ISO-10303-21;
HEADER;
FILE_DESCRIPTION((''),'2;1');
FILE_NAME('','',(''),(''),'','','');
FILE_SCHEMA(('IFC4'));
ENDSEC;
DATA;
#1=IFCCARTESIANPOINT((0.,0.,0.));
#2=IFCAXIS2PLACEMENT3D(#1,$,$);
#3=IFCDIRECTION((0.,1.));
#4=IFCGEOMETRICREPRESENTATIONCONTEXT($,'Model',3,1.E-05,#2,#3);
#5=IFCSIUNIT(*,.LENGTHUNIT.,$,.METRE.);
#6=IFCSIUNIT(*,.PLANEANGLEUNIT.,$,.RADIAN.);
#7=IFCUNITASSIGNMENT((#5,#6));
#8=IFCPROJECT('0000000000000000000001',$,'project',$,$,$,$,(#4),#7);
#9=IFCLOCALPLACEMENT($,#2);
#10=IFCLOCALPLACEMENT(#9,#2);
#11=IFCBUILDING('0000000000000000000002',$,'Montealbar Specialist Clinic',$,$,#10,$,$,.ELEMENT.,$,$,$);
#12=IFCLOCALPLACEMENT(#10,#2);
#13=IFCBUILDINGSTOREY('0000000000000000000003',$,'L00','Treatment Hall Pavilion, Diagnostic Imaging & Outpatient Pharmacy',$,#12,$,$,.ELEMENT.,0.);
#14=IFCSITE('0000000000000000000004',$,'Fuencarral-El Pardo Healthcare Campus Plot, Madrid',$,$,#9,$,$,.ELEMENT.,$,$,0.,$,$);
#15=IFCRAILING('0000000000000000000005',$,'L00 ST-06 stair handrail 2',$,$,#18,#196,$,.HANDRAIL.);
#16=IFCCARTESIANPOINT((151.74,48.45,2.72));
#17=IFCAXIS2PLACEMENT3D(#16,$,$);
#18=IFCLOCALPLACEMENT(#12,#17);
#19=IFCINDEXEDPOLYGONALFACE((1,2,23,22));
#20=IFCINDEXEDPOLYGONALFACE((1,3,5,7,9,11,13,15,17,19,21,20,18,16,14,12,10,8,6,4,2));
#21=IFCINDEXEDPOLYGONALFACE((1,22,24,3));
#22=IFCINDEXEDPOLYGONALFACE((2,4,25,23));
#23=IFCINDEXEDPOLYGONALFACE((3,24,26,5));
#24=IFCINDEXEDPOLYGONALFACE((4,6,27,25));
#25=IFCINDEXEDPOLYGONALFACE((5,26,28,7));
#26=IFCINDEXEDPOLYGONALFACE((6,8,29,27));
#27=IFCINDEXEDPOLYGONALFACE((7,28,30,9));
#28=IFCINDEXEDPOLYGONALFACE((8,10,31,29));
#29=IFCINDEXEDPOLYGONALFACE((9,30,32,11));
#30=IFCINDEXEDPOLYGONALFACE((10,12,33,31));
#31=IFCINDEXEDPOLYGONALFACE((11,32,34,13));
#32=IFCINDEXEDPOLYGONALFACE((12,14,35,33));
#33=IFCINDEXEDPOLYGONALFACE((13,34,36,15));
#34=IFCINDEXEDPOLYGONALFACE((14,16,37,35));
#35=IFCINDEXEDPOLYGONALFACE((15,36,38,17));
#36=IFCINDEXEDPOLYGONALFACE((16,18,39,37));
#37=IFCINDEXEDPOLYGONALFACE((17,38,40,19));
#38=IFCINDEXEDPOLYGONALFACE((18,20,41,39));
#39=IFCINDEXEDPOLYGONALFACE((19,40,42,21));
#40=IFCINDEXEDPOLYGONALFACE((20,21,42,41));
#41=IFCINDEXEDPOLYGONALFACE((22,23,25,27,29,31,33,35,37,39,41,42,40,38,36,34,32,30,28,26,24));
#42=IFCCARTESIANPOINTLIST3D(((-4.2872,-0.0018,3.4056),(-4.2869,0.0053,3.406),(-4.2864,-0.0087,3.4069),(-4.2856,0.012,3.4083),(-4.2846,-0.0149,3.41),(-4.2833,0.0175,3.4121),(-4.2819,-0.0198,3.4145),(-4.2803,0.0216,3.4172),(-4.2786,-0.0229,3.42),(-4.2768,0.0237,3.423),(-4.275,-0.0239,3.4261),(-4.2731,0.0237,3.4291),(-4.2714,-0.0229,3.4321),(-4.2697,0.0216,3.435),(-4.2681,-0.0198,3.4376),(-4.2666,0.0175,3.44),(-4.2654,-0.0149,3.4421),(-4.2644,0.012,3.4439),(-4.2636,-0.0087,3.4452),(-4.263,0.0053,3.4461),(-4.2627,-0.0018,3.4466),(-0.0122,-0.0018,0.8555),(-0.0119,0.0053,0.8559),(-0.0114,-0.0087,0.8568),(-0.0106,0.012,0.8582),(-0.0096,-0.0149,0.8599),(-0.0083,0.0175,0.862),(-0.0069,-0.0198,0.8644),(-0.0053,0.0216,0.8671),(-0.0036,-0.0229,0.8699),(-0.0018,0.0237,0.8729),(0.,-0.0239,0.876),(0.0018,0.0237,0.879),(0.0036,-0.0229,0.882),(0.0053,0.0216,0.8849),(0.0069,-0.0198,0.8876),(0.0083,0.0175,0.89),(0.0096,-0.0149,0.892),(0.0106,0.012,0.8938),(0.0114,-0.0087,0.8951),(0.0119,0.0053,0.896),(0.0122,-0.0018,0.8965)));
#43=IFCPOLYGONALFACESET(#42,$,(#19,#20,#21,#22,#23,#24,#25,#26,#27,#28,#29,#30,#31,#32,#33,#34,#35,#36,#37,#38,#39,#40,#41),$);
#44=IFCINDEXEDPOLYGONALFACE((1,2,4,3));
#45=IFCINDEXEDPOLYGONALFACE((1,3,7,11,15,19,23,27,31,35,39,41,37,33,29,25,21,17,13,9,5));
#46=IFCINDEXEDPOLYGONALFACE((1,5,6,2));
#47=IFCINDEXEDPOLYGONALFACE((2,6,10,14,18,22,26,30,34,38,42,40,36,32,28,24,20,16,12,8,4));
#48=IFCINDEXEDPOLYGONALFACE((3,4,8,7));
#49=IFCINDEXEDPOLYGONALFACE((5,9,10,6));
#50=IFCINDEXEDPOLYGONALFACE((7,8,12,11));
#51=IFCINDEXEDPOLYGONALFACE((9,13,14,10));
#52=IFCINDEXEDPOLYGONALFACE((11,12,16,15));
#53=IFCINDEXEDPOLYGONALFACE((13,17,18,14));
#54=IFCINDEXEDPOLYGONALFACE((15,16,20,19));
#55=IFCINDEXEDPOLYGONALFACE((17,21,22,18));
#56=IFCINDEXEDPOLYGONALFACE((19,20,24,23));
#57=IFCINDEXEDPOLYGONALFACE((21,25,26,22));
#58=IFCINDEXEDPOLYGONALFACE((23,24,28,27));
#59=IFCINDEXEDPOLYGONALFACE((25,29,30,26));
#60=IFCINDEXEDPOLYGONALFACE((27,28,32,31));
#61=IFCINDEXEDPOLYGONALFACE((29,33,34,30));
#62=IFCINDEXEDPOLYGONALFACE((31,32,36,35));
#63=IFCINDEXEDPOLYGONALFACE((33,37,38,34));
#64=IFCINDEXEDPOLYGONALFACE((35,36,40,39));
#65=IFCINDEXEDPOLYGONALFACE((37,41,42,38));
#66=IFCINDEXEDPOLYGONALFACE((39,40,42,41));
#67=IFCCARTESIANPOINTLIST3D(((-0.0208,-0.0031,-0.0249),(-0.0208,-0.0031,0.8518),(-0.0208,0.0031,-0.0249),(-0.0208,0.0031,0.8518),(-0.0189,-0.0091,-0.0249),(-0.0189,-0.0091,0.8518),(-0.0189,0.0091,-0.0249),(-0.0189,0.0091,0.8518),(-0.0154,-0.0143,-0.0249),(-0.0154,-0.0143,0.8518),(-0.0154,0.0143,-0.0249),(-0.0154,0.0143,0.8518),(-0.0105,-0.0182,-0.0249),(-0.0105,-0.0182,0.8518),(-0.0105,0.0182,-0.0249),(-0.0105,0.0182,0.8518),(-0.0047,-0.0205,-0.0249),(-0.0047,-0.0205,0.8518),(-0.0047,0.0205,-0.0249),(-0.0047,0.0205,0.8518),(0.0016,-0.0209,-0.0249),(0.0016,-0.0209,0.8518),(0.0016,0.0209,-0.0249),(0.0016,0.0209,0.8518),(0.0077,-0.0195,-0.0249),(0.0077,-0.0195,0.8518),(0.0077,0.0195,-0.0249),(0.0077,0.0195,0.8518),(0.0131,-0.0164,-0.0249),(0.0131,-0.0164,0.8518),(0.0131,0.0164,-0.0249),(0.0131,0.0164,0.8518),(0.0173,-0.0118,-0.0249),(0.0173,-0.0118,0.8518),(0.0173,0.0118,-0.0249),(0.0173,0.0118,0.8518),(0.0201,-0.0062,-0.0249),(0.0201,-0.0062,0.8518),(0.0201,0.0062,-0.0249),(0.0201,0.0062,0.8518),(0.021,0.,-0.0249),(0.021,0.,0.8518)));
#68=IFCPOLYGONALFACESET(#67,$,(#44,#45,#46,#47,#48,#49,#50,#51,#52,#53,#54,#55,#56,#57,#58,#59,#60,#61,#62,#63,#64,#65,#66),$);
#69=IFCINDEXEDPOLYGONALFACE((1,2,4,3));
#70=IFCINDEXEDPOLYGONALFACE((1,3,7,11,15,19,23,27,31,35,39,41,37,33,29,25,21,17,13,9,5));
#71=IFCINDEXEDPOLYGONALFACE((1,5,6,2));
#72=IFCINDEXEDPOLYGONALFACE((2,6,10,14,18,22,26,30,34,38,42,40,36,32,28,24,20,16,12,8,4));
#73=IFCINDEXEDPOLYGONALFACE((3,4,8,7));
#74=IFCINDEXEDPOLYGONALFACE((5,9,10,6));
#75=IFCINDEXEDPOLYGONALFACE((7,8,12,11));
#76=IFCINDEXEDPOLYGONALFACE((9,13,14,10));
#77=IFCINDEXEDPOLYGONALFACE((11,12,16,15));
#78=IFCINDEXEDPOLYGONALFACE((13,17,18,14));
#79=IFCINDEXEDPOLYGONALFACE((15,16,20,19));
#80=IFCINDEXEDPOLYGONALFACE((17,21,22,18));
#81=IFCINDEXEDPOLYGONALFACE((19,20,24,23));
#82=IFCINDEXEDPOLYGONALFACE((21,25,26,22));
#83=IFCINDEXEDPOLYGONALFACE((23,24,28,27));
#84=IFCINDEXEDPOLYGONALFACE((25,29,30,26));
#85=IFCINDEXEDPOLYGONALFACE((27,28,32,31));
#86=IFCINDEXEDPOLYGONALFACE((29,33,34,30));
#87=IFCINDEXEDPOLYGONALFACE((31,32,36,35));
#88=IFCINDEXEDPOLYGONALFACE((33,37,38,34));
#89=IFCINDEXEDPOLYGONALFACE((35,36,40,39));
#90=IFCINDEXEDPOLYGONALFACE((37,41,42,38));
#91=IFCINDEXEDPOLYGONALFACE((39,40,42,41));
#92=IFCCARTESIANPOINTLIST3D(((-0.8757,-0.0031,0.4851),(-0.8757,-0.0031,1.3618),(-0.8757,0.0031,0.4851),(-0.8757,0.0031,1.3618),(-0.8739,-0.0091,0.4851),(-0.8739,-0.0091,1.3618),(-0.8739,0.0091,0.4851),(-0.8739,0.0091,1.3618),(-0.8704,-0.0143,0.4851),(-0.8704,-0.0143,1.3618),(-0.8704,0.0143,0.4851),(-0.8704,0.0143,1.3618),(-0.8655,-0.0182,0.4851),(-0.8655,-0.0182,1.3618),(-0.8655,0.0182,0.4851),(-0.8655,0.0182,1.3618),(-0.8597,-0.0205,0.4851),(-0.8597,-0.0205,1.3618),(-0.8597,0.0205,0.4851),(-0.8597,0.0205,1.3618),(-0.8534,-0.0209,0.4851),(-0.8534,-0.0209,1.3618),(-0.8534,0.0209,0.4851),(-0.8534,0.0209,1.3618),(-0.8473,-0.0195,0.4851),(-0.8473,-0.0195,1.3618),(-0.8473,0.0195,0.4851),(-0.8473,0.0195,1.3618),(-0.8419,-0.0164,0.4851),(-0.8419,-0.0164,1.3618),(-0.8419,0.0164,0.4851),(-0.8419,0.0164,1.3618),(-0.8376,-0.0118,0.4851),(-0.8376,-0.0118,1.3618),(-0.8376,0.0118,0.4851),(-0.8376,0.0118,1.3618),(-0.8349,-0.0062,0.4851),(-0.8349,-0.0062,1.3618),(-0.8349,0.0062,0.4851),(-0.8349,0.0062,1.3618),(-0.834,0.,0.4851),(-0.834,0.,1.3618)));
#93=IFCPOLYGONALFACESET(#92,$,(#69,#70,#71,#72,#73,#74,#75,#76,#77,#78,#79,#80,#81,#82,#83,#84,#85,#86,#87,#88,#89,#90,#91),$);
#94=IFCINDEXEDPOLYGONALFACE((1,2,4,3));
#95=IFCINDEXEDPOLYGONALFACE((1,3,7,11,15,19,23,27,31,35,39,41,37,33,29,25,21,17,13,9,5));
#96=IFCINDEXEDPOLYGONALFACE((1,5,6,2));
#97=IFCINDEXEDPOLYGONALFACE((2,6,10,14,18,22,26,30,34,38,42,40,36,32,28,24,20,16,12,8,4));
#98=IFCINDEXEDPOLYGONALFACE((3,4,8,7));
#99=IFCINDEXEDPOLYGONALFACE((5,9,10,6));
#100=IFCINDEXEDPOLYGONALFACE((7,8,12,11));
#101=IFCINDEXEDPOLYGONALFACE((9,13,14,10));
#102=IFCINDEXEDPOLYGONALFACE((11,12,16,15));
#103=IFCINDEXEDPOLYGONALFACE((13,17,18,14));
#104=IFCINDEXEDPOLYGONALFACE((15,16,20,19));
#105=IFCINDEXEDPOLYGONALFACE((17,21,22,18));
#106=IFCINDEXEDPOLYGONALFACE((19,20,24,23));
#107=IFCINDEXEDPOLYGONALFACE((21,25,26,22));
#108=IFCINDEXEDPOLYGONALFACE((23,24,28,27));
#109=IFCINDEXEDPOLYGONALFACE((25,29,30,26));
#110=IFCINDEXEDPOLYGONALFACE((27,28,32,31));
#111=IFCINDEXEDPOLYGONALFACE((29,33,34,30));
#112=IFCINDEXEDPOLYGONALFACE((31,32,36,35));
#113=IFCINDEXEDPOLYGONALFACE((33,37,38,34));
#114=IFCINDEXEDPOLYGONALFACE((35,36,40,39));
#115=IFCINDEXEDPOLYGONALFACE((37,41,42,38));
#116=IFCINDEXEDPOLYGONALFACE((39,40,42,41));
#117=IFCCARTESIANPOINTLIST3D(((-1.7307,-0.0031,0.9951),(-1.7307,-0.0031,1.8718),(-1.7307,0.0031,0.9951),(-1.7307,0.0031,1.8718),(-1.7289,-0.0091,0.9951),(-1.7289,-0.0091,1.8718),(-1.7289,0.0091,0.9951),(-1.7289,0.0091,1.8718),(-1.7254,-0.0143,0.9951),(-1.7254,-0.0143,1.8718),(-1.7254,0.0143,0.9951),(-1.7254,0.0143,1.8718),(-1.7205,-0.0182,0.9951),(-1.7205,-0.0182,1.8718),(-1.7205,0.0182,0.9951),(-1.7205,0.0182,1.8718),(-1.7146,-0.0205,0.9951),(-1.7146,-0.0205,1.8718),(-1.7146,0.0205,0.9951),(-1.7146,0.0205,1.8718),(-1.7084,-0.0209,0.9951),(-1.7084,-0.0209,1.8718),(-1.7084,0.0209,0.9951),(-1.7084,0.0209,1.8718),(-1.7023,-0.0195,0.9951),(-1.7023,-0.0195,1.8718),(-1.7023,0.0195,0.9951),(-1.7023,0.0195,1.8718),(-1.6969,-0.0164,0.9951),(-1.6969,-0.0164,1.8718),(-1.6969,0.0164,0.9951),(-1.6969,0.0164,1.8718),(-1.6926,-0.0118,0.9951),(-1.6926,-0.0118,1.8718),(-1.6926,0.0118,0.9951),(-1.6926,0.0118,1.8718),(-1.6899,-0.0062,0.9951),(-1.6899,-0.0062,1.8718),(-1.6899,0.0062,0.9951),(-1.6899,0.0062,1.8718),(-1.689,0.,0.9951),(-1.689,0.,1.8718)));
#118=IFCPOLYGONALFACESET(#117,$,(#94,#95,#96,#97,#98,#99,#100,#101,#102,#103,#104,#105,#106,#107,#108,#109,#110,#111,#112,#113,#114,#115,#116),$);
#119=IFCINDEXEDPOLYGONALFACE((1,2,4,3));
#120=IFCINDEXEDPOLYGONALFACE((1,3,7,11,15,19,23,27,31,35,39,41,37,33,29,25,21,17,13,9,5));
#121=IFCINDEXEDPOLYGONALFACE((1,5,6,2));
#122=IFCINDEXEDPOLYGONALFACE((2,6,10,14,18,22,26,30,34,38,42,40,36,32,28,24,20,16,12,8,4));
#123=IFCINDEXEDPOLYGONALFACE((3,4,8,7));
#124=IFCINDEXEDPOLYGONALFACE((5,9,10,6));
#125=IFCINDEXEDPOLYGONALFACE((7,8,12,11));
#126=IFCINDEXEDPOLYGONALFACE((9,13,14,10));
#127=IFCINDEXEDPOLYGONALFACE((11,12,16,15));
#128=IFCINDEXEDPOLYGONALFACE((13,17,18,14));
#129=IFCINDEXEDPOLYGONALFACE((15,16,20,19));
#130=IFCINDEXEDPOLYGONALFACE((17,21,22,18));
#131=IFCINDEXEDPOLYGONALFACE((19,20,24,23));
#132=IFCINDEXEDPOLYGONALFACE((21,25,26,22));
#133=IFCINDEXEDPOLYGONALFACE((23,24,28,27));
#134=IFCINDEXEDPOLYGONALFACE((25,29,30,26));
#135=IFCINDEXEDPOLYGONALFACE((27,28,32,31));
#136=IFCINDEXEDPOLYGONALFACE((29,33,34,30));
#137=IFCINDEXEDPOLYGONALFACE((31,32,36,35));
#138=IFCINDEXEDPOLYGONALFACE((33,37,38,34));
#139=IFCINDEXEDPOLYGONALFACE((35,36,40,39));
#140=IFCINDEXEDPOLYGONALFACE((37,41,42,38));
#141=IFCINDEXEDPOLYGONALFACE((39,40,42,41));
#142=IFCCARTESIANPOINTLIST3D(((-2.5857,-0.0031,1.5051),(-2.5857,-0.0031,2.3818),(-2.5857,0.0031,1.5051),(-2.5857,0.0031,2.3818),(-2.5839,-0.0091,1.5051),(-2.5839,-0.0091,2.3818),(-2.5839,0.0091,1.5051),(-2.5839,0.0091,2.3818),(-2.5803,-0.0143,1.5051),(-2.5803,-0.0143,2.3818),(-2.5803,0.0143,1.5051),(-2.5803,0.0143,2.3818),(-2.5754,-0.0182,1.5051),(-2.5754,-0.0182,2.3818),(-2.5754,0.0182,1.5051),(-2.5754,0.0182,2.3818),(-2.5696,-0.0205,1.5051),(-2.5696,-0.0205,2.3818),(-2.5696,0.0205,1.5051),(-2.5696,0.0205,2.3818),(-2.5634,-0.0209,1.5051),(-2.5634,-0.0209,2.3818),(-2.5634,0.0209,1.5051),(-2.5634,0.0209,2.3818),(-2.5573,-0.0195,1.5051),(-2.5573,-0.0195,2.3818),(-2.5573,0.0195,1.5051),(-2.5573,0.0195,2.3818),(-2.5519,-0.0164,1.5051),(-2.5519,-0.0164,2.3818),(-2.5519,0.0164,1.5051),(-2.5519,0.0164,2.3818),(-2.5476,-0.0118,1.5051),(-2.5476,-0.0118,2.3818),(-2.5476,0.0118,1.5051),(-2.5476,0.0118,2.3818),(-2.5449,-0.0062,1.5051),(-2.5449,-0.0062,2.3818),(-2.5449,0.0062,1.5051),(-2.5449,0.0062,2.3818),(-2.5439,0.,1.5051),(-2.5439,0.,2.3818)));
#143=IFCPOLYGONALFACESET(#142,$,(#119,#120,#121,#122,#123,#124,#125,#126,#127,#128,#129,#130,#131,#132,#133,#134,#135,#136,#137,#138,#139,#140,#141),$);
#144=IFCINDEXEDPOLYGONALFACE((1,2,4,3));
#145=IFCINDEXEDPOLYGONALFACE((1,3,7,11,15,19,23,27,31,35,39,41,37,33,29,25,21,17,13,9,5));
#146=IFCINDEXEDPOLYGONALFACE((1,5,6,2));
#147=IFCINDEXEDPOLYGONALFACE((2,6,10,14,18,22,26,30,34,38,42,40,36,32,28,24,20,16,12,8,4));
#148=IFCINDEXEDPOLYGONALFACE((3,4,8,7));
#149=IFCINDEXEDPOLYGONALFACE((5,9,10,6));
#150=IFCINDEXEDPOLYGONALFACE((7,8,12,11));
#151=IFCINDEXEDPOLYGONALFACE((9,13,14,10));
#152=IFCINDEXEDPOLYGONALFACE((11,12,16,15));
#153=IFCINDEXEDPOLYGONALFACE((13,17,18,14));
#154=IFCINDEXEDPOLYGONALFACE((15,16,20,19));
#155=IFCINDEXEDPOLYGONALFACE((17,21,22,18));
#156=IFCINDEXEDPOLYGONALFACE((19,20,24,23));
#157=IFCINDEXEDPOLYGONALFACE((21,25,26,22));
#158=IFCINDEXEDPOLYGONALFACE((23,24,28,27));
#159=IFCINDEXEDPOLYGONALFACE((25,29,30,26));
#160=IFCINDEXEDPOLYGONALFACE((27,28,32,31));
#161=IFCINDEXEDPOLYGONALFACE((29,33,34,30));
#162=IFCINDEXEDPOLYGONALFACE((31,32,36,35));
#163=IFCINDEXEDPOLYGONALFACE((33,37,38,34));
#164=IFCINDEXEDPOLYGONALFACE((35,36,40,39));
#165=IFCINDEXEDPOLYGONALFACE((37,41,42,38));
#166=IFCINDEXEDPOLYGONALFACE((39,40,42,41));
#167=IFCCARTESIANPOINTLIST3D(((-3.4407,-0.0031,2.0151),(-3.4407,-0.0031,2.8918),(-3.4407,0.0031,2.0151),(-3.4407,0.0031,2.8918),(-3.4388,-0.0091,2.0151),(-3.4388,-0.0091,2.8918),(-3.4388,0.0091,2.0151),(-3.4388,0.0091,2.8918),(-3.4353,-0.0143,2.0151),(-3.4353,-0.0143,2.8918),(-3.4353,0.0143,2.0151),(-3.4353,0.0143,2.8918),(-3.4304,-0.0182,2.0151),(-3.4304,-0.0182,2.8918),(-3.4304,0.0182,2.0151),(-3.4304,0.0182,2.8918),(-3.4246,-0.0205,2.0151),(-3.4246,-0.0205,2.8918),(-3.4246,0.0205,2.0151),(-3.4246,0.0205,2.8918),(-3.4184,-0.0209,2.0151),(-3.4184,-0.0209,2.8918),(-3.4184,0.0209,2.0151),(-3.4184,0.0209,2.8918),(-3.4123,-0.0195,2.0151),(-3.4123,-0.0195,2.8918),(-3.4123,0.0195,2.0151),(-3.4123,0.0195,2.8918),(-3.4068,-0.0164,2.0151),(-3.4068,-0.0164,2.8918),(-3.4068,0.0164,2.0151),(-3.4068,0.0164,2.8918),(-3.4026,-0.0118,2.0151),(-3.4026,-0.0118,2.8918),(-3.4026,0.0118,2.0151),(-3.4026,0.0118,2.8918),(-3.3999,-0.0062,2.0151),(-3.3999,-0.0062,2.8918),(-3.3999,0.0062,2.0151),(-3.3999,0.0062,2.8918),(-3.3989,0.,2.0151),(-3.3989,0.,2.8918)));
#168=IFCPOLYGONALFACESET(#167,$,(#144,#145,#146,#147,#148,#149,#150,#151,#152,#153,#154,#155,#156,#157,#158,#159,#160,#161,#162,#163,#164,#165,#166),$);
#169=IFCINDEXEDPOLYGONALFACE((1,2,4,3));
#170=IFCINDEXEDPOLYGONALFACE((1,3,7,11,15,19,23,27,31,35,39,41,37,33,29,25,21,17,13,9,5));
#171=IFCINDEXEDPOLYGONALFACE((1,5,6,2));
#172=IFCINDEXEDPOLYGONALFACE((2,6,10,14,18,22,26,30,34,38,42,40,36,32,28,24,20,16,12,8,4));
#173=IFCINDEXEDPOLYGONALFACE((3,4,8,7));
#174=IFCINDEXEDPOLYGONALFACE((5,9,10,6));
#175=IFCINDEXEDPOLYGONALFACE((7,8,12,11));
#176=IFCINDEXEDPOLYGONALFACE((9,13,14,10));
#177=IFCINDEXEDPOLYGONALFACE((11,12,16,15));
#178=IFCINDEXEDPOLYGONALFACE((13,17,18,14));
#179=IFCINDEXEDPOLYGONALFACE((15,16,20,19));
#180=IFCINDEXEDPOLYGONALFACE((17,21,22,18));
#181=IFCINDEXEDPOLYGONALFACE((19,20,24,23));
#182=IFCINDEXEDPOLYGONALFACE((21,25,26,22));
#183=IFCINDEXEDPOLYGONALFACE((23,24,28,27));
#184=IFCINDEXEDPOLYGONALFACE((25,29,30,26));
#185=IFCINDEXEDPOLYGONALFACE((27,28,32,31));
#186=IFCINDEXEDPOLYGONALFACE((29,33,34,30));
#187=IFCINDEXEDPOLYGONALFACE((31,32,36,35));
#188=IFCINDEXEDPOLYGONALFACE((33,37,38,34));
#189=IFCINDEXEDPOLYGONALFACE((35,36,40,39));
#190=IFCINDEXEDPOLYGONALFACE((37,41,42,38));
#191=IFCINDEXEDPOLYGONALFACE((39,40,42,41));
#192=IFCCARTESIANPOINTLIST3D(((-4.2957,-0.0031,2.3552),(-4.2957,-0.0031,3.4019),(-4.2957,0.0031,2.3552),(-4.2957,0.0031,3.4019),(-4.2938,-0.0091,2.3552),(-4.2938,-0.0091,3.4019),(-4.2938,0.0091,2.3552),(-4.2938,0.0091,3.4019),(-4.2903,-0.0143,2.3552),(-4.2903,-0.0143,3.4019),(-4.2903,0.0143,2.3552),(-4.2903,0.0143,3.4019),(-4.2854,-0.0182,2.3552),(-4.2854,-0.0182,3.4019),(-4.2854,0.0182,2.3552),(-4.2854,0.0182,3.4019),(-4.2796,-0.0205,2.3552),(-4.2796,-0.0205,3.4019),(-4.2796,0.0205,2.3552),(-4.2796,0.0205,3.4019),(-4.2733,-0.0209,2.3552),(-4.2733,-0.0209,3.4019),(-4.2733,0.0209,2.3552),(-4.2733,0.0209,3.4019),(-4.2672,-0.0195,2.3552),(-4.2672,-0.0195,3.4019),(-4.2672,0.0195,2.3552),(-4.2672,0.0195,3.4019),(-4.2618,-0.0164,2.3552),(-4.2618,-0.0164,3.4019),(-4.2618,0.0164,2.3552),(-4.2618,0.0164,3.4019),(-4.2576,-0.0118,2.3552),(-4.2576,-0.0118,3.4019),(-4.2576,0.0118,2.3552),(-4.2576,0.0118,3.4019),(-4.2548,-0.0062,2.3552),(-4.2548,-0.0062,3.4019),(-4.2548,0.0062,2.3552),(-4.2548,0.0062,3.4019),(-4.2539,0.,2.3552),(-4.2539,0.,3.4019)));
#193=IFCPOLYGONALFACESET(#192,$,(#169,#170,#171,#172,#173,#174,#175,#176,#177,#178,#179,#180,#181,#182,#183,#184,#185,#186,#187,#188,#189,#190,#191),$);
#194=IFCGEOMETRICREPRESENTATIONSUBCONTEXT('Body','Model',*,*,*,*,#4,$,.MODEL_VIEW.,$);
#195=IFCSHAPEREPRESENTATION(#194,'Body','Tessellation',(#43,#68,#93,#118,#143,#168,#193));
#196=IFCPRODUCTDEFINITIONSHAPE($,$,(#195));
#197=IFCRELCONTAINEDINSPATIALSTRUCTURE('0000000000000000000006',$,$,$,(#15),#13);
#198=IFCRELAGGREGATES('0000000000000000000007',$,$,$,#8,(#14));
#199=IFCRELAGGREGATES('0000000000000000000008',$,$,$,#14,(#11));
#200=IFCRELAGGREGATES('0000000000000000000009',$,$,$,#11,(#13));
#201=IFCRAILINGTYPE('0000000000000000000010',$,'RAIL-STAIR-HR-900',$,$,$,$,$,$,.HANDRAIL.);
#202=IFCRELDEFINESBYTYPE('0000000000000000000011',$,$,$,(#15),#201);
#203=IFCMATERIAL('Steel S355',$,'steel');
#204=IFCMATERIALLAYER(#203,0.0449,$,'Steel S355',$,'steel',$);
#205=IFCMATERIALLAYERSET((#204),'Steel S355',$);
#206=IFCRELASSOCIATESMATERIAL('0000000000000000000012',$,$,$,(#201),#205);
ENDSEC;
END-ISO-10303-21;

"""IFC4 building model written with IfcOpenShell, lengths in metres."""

from ifc_helpers import new_model, si_unit, direction, frame, origin, origin_2d, place, context, subcontext, project, spatial, circle, extrude, material, layer, layer_set, type_object, element, save


model = new_model("IFC4")

# Units and contexts
model_context = context("Model", 3, precision=1e-05, world=origin(), true_north=direction((0.0, 1.0)))
body_context = subcontext(model_context, "Body", "Model", "MODEL_VIEW")
ifc_project = project(units=[si_unit("LENGTHUNIT", "METRE"), si_unit("PLANEANGLEUNIT", "RADIAN")], contexts=[model_context])

# Site, building, storey
site_placement = place(None, origin())
site = spatial("IfcSite", under=ifc_project, at=site_placement, Name="Fuencarral-El Pardo Healthcare Campus Plot, Madrid", CompositionType="ELEMENT", RefElevation=0.0)
building_placement = place(site_placement, origin())
building = spatial("IfcBuilding", under=site, at=building_placement, Name="Montealbar Specialist Clinic", CompositionType="ELEMENT")
storey_placement = place(building_placement, origin())
storey = spatial("IfcBuildingStorey", under=building, at=storey_placement, Name="L00", Description="Treatment Hall Pavilion, Diagnostic Imaging & Outpatient Pharmacy", CompositionType="ELEMENT", Elevation=0.0)

# Shared definitions
ifc_material_1 = material(Name="Steel S355", Category="steel")

# Railing
ifc_layer_1 = layer(ifc_material_1, 0.0449, Name="Steel S355", Category="steel")
ifc_layer_set_1 = layer_set([ifc_layer_1], Name="Steel S355")
railing_type_1 = type_object("IfcRailingType", Name="RAIL-STAIR-HR-900", PredefinedType="HANDRAIL", material=ifc_layer_set_1)
railing_1_placement = place(storey_placement, frame((151.74, 48.45, 2.72)))
element("IfcRailing", 1, at=railing_1_placement, inside=storey, type_object=railing_type_1, Name="L00 ST-06 stair handrail 2", PredefinedType="HANDRAIL", context=body_context, shape_type="SweptSolid", body=[
    extrude(circle(Radius=0.0239, at=origin_2d()), frame((0.0, 0.0, 0.876), z_axis=(-0.85881, 0.0, 0.512294), x_axis=(0.0, -1.0, 0.0)), (0.0, 0.0, 1.0), 4.9778),
    extrude(circle(Radius=0.021, at=origin_2d()), frame((0.0, 0.0, -0.0249)), (0.0, 0.0, 1.0), 0.8767),
    extrude(circle(Radius=0.021, at=origin_2d()), frame((-0.855, 0.0, 0.4851)), (0.0, 0.0, 1.0), 0.8767),
    extrude(circle(Radius=0.021, at=origin_2d()), frame((-1.71, 0.0, 0.9951)), (0.0, 0.0, 1.0), 0.8767),
    extrude(circle(Radius=0.021, at=origin_2d()), frame((-2.5649, 0.0, 1.5051)), (0.0, 0.0, 1.0), 0.8767),
    extrude(circle(Radius=0.021, at=origin_2d()), frame((-3.4199, 0.0, 2.0151)), (0.0, 0.0, 1.0), 0.8767),
    extrude(circle(Radius=0.021, at=origin_2d()), frame((-4.2749, 0.0, 2.3552)), (0.0, 0.0, 1.0), 1.0466),
])

save(model, "model.ifc")
